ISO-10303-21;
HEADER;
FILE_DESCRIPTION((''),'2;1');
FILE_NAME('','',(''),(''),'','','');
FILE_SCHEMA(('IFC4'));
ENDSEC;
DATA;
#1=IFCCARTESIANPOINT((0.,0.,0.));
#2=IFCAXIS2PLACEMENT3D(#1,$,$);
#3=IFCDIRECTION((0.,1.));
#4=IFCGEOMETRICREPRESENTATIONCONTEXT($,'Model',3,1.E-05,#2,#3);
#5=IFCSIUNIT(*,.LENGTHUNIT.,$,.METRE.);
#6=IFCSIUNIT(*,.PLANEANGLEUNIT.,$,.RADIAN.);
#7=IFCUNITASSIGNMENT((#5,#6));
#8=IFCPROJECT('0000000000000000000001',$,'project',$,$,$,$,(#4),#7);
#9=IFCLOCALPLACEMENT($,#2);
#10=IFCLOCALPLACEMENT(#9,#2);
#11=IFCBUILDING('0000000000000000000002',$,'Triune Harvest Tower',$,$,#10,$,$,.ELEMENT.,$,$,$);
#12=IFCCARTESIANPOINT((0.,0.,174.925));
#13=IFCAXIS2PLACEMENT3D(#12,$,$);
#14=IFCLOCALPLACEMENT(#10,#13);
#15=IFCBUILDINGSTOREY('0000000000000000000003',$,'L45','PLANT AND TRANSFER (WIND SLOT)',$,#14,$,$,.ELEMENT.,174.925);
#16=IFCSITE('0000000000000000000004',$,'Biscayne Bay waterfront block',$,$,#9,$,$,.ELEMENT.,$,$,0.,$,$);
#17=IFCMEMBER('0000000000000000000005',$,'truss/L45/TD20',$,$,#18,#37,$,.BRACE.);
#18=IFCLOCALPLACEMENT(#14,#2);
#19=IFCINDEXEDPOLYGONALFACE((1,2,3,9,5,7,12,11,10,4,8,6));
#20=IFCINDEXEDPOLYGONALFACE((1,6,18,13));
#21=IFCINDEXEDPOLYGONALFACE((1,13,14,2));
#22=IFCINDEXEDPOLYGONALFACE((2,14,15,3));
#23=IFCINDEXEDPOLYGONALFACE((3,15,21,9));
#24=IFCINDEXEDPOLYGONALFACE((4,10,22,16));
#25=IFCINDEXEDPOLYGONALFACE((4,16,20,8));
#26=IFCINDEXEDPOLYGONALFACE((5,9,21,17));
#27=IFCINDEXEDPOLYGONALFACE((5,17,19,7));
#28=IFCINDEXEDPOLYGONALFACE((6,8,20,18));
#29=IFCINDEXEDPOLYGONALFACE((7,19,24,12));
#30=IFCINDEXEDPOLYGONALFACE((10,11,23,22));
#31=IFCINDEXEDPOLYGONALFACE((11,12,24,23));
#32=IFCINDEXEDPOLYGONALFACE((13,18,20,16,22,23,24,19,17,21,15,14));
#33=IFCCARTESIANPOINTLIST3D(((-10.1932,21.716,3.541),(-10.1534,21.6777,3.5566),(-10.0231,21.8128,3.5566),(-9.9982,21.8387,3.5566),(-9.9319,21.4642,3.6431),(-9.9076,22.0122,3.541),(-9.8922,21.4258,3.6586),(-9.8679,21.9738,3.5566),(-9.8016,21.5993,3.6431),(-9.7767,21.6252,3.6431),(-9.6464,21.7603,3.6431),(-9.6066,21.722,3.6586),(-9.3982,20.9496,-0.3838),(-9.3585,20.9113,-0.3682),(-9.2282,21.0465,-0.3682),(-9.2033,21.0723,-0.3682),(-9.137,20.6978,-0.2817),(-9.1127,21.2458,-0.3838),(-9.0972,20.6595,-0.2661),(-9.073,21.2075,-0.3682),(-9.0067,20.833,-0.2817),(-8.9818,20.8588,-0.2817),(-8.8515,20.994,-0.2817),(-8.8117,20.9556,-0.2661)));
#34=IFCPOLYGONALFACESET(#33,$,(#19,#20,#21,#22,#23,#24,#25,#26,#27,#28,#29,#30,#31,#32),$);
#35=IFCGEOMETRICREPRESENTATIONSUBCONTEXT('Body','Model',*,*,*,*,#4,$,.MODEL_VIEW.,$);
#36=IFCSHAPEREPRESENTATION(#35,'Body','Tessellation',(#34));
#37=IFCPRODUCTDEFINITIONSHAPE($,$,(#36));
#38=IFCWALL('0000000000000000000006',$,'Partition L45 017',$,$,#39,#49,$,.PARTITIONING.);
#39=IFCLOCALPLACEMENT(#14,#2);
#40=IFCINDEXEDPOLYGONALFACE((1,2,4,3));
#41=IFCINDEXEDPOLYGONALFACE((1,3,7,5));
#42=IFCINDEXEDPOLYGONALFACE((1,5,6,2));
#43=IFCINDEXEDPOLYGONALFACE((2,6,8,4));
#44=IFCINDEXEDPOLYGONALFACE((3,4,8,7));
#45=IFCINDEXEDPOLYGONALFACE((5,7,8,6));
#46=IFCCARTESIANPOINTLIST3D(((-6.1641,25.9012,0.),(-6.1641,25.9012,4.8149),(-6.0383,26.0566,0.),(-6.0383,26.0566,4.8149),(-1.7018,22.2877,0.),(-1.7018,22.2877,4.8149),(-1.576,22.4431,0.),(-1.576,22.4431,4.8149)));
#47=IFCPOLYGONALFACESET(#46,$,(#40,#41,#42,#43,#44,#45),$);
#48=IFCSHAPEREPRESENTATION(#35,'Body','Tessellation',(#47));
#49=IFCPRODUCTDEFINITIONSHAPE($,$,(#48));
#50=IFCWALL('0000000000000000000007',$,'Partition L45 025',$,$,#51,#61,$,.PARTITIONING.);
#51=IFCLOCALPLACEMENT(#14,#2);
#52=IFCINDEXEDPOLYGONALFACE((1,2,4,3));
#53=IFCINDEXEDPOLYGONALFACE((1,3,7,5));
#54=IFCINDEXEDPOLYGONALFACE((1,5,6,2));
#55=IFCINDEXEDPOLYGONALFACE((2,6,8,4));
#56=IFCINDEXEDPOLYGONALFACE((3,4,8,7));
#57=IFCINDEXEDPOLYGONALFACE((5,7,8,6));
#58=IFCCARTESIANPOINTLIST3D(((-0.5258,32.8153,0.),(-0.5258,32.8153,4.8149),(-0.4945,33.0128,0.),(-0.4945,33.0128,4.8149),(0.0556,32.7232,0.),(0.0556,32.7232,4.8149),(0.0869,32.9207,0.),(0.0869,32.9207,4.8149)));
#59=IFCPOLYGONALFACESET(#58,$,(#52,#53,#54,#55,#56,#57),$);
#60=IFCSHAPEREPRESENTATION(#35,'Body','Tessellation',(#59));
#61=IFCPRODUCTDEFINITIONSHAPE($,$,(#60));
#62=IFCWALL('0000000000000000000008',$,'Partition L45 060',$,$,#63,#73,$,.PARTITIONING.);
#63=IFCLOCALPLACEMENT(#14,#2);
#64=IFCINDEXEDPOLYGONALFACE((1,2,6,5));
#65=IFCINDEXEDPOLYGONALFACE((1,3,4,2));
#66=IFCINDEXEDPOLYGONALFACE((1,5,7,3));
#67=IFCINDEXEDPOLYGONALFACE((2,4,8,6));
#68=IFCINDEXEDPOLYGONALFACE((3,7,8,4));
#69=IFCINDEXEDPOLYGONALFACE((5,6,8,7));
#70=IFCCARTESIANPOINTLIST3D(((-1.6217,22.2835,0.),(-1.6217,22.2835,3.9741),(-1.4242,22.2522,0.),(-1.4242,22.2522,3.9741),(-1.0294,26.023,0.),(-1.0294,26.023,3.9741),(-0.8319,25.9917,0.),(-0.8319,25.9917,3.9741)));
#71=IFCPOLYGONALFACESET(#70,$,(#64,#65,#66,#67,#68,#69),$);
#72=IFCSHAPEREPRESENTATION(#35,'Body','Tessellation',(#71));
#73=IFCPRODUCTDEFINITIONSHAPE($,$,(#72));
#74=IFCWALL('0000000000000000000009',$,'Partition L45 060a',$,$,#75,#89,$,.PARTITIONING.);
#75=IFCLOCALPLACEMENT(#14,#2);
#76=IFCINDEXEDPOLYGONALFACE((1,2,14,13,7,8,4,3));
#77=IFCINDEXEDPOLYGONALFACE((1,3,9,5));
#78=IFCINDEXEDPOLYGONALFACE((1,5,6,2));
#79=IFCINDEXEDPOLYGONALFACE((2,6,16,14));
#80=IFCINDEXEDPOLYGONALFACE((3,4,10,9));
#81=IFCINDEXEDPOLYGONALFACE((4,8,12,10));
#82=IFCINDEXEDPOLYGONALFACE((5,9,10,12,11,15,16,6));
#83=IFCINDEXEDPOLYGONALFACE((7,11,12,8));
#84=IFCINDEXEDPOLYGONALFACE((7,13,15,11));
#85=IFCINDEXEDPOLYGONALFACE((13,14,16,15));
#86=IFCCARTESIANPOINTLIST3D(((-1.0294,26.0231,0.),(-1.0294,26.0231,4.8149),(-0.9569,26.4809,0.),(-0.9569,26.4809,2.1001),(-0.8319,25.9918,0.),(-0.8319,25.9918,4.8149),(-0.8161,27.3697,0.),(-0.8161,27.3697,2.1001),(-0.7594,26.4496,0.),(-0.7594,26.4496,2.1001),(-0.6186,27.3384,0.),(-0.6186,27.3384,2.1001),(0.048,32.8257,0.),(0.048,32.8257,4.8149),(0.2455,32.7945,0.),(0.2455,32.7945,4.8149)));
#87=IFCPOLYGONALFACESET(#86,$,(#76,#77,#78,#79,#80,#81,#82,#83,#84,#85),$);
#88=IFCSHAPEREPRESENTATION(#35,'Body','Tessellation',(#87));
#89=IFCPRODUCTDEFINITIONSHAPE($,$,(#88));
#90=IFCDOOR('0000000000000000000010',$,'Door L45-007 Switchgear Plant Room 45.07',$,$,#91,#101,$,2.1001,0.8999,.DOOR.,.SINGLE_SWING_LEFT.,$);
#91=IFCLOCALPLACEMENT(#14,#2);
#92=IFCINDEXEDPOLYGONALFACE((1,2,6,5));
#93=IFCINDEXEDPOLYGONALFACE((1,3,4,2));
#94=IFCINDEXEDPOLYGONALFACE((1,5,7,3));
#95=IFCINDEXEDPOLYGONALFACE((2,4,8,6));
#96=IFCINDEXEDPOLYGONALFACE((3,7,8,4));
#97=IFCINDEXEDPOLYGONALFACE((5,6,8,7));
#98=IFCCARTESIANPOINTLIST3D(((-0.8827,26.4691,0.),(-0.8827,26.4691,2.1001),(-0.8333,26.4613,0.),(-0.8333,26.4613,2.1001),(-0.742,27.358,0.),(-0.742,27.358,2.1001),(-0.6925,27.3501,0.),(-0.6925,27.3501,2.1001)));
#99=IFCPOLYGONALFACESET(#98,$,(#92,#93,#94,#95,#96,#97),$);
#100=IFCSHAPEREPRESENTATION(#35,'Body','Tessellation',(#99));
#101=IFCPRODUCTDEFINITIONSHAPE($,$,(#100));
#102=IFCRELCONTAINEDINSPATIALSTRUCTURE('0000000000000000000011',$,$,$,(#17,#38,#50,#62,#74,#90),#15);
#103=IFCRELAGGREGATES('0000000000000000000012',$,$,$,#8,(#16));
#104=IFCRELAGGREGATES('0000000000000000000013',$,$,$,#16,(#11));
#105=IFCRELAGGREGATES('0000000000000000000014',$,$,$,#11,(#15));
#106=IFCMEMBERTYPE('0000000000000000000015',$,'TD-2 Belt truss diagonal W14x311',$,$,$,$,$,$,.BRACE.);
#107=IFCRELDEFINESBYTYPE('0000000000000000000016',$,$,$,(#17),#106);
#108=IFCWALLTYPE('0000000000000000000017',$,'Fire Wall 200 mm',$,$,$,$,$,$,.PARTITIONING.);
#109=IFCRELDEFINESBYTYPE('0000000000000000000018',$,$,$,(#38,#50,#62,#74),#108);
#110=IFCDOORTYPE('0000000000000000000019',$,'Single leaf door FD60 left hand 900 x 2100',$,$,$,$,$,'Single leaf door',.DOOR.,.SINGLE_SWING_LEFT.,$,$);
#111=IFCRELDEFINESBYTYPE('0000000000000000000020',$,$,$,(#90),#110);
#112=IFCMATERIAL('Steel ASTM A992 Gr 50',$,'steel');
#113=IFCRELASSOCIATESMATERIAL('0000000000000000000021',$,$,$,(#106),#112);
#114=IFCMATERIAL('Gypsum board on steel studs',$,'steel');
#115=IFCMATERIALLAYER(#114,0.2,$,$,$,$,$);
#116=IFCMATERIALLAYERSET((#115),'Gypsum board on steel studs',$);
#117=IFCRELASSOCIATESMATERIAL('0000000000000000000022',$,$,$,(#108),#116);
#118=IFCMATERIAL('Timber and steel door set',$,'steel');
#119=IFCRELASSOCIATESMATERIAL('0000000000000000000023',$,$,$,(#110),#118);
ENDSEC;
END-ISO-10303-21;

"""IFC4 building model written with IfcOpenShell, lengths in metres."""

from ifc_helpers import new_model, si_unit, direction, frame, frame_2d, origin, origin_2d, place, context, subcontext, project, spatial, rectangle, i_section, extrude, source, transform, mapped, material, layer, layer_set, material_profile, profile_set, type_object, element, fill, save


model = new_model("IFC4")

# Units and contexts
model_context = context("Model", 3, precision=1e-05, world=origin(), true_north=direction((0.0, 1.0)))
body_context = subcontext(model_context, "Body", "Model", "MODEL_VIEW")
ifc_project = project(units=[si_unit("LENGTHUNIT", "METRE"), si_unit("PLANEANGLEUNIT", "RADIAN")], contexts=[model_context])

# Site, building, storey
site_placement = place(None, origin())
site = spatial("IfcSite", under=ifc_project, at=site_placement, Name="Biscayne Bay waterfront block", CompositionType="ELEMENT", RefElevation=0.0)
building_placement = place(site_placement, origin())
building = spatial("IfcBuilding", under=site, at=building_placement, Name="Triune Harvest Tower", CompositionType="ELEMENT")
storey_placement = place(building_placement, frame((0.0, 0.0, 174.925)))
storey = spatial("IfcBuildingStorey", under=building, at=storey_placement, Name="L45", Description="PLANT AND TRANSFER (WIND SLOT)", CompositionType="ELEMENT", Elevation=174.925)

# Member
ifc_material_1 = material(Name="Steel ASTM A992 Gr 50", Category="steel")
ifc_material_profile_1 = material_profile(ifc_material_1, i_section(OverallWidth=0.4114, OverallDepth=0.4343, WebThickness=0.0359, FlangeThickness=0.0574, at=origin_2d()), Name="W14x311")
ifc_profile_set_1 = profile_set([ifc_material_profile_1], Name="Steel ASTM A992 Gr 50")
member_type_1 = type_object("IfcMemberType", Name="TD-2 Belt truss diagonal W14x311", PredefinedType="BRACE", material=ifc_profile_set_1)
shared_shape_1 = source(origin(), body_context, "Body", "SweptSolid", [
    extrude(i_section(OverallWidth=0.4114, OverallDepth=0.4343, WebThickness=0.0359, FlangeThickness=0.0574, at=origin_2d()), origin(), (0.0, 0.0, 1.0), 4.0771),
])
member_1_placement = place(storey_placement, frame((-9.105, 20.9526, -0.325), z_axis=(-0.194969, 0.187963, 0.96263), x_axis=(-0.694054, -0.719923, 0.0)))
element("IfcMember", 1, at=member_1_placement, inside=storey, type_object=member_type_1, Name="truss/L45/TD20", PredefinedType="BRACE", context=body_context, shape_type="MappedRepresentation", body=[
    mapped(shared_shape_1, transform((0.0, 0.0, 0.0), scale=1.0)),
])

# Walls
ifc_material_2 = material(Name="Gypsum board on steel studs", Category="steel")
ifc_layer = layer(ifc_material_2, 0.2)
ifc_layer_set = layer_set([ifc_layer], Name="Gypsum board on steel studs")
wall_type = type_object("IfcWallType", Name="Fire Wall 200 mm", PredefinedType="PARTITIONING", material=ifc_layer_set)
wall_1_placement = place(storey_placement, frame((-6.1013, 25.979, 0.0), z_axis=(0.0, 0.0, 1.0), x_axis=(0.777151, -0.629314, 0.0)))
element("IfcWall", 2, at=wall_1_placement, inside=storey, type_object=wall_type, Name="Partition L45 017", PredefinedType="PARTITIONING", context=body_context, shape_type="SweptSolid", body=[
    extrude(rectangle(XDim=5.7419, YDim=0.2, at=frame_2d((2.8711, 0.0))), origin(), (0.0, 0.0, 1.0), 4.8149),
])
wall_2_placement = place(storey_placement, frame((-0.5103, 32.9141, 0.0), z_axis=(0.0, 0.0, 1.0), x_axis=(0.987696, -0.156389, 0.0)))
element("IfcWall", 3, at=wall_2_placement, inside=storey, type_object=wall_type, Name="Partition L45 025", PredefinedType="PARTITIONING", context=body_context, shape_type="SweptSolid", body=[
    extrude(rectangle(XDim=0.5886, YDim=0.2, at=frame_2d((0.2944, 0.0))), origin(), (0.0, 0.0, 1.0), 4.8149),
])
wall_3_placement = place(storey_placement, frame((-1.5229, 22.2678, 0.0), z_axis=(0.0, 0.0, 1.0), x_axis=(0.156436, 0.987688, 0.0)))
element("IfcWall", 4, at=wall_3_placement, inside=storey, type_object=wall_type, Name="Partition L45 060", PredefinedType="PARTITIONING", context=body_context, shape_type="SweptSolid", body=[
    extrude(rectangle(XDim=3.7861, YDim=0.2, at=frame_2d((1.8931, 0.0))), origin(), (0.0, 0.0, 1.0), 3.9741),
])

# Wall, opening, door
wall_4_placement = place(storey_placement, frame((-0.9307, 26.0073, 0.0), z_axis=(0.0, 0.0, 1.0), x_axis=(0.156427, 0.98769, 0.0)))
wall_4 = element("IfcWall", 5, at=wall_4_placement, inside=storey, type_object=wall_type, Name="Partition L45 060a", PredefinedType="PARTITIONING", context=body_context, shape_type="SweptSolid", body=[
    extrude(rectangle(XDim=6.8875, YDim=0.2, at=frame_2d((3.4438, 0.0))), origin(), (0.0, 0.0, 1.0), 4.8149),
])
opening_placement = place(wall_4_placement, frame((0.4636, 0.0, 0.0)))
opening = element("IfcOpeningElement", 6, at=opening_placement, cuts=wall_4, PredefinedType="OPENING", context=body_context, shape_type="SweptSolid", body=[
    extrude(rectangle(XDim=0.8999, YDim=2.1001, at=frame_2d((0.45, 1.05))), frame((0.0, 0.1099, 0.0), z_axis=(0.0, -1.0, 0.0), x_axis=(1.0, 0.0, 0.0)), (0.0, 0.0, 1.0), 0.22),
])
ifc_material_3 = material(Name="Timber and steel door set", Category="steel")
door_type = type_object("IfcDoorType", Name="Single leaf door FD60 left hand 900 x 2100", ElementType="Single leaf door", OperationType="SINGLE_SWING_LEFT", PredefinedType="DOOR", material=ifc_material_3)
door_placement = place(opening_placement, origin())
door = element("IfcDoor", 7, at=door_placement, inside=storey, type_object=door_type, Name="Door L45-007 Switchgear Plant Room 45.07", OperationType="SINGLE_SWING_LEFT", OverallHeight=2.1001, OverallWidth=0.8999, PredefinedType="DOOR", context=body_context, shape_type="SweptSolid", body=[
    extrude(rectangle(XDim=0.8999, YDim=2.1001, at=frame_2d((0.45, 1.05))), frame((0.0, 0.0249, 0.0), z_axis=(0.0, -1.0, 0.0), x_axis=(1.0, 0.0, 0.0)), (0.0, 0.0, 1.0), 0.05),
])
fill(opening, door)

save(model, "model.ifc")
